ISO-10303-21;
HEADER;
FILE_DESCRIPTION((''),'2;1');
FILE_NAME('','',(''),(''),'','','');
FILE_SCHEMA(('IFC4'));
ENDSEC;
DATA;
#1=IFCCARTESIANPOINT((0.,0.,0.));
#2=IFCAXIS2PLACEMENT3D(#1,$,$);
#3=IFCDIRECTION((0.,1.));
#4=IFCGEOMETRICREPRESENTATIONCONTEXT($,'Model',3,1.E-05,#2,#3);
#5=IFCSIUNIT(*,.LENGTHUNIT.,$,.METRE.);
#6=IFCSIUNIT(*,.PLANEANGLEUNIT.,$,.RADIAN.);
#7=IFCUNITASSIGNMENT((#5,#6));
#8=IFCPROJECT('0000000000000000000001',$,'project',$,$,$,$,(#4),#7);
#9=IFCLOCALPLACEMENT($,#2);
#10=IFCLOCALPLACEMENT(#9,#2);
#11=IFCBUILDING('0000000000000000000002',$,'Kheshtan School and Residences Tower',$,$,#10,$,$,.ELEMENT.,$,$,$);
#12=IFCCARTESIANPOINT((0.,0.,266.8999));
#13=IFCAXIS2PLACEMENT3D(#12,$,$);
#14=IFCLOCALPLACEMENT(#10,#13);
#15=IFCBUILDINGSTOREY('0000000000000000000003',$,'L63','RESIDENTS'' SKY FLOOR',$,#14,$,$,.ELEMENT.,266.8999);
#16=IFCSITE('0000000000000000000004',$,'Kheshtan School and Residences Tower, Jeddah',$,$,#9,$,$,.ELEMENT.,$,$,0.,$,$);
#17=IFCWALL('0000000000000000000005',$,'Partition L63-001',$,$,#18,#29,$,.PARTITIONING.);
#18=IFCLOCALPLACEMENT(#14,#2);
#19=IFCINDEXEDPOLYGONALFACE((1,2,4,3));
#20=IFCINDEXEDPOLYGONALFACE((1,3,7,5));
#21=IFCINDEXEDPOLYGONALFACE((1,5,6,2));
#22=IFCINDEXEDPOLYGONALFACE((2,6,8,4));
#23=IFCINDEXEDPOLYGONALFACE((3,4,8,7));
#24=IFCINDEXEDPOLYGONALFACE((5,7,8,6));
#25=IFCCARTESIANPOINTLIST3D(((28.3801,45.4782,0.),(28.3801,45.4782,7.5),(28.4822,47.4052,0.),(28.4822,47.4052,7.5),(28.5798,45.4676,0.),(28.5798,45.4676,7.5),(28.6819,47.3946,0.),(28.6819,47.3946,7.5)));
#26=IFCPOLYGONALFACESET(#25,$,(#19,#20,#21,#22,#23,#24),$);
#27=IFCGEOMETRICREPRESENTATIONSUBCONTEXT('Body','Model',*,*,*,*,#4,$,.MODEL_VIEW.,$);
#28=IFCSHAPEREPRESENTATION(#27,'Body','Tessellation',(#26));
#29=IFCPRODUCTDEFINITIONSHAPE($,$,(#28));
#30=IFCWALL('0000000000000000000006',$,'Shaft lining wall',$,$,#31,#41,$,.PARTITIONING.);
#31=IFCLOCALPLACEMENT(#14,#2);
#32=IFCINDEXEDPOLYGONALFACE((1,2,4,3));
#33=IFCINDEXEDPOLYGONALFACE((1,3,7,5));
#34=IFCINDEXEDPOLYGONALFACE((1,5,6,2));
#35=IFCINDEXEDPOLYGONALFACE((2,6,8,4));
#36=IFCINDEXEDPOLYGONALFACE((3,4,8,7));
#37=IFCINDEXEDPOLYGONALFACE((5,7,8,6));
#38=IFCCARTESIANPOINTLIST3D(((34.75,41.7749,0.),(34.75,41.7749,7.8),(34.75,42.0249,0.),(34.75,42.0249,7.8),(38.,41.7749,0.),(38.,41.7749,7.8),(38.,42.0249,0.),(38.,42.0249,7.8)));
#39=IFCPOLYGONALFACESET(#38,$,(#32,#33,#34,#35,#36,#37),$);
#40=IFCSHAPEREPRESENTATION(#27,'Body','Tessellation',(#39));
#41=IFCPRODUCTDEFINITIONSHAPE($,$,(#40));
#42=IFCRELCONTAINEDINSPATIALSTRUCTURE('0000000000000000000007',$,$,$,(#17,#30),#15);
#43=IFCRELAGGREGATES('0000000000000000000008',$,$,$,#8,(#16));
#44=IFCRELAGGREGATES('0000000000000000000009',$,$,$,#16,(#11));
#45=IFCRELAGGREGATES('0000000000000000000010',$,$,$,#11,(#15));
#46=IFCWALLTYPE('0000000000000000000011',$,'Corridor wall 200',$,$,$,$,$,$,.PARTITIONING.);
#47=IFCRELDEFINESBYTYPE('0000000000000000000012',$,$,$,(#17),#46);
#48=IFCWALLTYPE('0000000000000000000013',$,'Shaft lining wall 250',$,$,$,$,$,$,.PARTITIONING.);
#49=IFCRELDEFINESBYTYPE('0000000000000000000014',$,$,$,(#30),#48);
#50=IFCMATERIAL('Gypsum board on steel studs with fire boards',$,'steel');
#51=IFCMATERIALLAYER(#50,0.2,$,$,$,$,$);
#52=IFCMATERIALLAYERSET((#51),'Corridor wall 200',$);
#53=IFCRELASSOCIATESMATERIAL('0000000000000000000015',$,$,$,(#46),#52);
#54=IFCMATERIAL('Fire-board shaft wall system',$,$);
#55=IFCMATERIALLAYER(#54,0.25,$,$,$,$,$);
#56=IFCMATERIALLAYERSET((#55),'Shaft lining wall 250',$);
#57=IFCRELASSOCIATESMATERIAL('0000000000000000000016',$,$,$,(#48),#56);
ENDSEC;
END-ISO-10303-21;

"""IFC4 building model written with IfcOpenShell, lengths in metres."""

from ifc_helpers import new_model, si_unit, direction, frame, frame_2d, origin, place, context, subcontext, project, spatial, rectangle, extrude, material, layer, layer_set, type_object, element, save


model = new_model("IFC4")

# Units and contexts
model_context = context("Model", 3, precision=1e-05, world=origin(), true_north=direction((0.0, 1.0)))
body_context = subcontext(model_context, "Body", "Model", "MODEL_VIEW")
ifc_project = project(units=[si_unit("LENGTHUNIT", "METRE"), si_unit("PLANEANGLEUNIT", "RADIAN")], contexts=[model_context])

# Site, building, storey
site_placement = place(None, origin())
site = spatial("IfcSite", under=ifc_project, at=site_placement, Name="Kheshtan School and Residences Tower, Jeddah", CompositionType="ELEMENT", RefElevation=0.0)
building_placement = place(site_placement, origin())
building = spatial("IfcBuilding", under=site, at=building_placement, Name="Kheshtan School and Residences Tower", CompositionType="ELEMENT")
storey_placement = place(building_placement, frame((0.0, 0.0, 266.8999)))
storey = spatial("IfcBuildingStorey", under=building, at=storey_placement, Name="L63", Description="RESIDENTS' SKY FLOOR", CompositionType="ELEMENT", Elevation=266.8999)

# Walls
ifc_material_1 = material(Name="Gypsum board on steel studs with fire boards", Category="steel")
ifc_layer_1 = layer(ifc_material_1, 0.2)
ifc_layer_set_1 = layer_set([ifc_layer_1], Name="Corridor wall 200")
wall_type_1 = type_object("IfcWallType", Name="Corridor wall 200", PredefinedType="PARTITIONING", material=ifc_layer_set_1)
wall_1_placement = place(storey_placement, frame((28.48, 45.4729, 0.0), z_axis=(0.0, 0.0, 1.0), x_axis=(0.052884, 0.998601, 0.0)))
element("IfcWall", 1, at=wall_1_placement, inside=storey, type_object=wall_type_1, Name="Partition L63-001", PredefinedType="PARTITIONING", context=body_context, shape_type="SweptSolid", body=[
    extrude(rectangle(XDim=1.9297, YDim=0.2, at=frame_2d((0.9648, 0.0))), origin(), (0.0, 0.0, 1.0), 7.5),
])
ifc_material_2 = material(Name="Fire-board shaft wall system")
ifc_layer_2 = layer(ifc_material_2, 0.25)
ifc_layer_set_2 = layer_set([ifc_layer_2], Name="Shaft lining wall 250")
wall_type_2 = type_object("IfcWallType", Name="Shaft lining wall 250", PredefinedType="PARTITIONING", material=ifc_layer_set_2)
wall_2_placement = place(storey_placement, frame((34.75, 41.8999, 0.0), z_axis=(0.0, 0.0, 1.0), x_axis=(1.0, 0.0, 0.0)))
element("IfcWall", 2, at=wall_2_placement, inside=storey, type_object=wall_type_2, Name="Shaft lining wall", PredefinedType="PARTITIONING", context=body_context, shape_type="SweptSolid", body=[
    extrude(rectangle(XDim=3.25, YDim=0.25, at=frame_2d((1.625, 0.0))), origin(), (0.0, 0.0, 1.0), 7.8),
])

save(model, "model.ifc")
